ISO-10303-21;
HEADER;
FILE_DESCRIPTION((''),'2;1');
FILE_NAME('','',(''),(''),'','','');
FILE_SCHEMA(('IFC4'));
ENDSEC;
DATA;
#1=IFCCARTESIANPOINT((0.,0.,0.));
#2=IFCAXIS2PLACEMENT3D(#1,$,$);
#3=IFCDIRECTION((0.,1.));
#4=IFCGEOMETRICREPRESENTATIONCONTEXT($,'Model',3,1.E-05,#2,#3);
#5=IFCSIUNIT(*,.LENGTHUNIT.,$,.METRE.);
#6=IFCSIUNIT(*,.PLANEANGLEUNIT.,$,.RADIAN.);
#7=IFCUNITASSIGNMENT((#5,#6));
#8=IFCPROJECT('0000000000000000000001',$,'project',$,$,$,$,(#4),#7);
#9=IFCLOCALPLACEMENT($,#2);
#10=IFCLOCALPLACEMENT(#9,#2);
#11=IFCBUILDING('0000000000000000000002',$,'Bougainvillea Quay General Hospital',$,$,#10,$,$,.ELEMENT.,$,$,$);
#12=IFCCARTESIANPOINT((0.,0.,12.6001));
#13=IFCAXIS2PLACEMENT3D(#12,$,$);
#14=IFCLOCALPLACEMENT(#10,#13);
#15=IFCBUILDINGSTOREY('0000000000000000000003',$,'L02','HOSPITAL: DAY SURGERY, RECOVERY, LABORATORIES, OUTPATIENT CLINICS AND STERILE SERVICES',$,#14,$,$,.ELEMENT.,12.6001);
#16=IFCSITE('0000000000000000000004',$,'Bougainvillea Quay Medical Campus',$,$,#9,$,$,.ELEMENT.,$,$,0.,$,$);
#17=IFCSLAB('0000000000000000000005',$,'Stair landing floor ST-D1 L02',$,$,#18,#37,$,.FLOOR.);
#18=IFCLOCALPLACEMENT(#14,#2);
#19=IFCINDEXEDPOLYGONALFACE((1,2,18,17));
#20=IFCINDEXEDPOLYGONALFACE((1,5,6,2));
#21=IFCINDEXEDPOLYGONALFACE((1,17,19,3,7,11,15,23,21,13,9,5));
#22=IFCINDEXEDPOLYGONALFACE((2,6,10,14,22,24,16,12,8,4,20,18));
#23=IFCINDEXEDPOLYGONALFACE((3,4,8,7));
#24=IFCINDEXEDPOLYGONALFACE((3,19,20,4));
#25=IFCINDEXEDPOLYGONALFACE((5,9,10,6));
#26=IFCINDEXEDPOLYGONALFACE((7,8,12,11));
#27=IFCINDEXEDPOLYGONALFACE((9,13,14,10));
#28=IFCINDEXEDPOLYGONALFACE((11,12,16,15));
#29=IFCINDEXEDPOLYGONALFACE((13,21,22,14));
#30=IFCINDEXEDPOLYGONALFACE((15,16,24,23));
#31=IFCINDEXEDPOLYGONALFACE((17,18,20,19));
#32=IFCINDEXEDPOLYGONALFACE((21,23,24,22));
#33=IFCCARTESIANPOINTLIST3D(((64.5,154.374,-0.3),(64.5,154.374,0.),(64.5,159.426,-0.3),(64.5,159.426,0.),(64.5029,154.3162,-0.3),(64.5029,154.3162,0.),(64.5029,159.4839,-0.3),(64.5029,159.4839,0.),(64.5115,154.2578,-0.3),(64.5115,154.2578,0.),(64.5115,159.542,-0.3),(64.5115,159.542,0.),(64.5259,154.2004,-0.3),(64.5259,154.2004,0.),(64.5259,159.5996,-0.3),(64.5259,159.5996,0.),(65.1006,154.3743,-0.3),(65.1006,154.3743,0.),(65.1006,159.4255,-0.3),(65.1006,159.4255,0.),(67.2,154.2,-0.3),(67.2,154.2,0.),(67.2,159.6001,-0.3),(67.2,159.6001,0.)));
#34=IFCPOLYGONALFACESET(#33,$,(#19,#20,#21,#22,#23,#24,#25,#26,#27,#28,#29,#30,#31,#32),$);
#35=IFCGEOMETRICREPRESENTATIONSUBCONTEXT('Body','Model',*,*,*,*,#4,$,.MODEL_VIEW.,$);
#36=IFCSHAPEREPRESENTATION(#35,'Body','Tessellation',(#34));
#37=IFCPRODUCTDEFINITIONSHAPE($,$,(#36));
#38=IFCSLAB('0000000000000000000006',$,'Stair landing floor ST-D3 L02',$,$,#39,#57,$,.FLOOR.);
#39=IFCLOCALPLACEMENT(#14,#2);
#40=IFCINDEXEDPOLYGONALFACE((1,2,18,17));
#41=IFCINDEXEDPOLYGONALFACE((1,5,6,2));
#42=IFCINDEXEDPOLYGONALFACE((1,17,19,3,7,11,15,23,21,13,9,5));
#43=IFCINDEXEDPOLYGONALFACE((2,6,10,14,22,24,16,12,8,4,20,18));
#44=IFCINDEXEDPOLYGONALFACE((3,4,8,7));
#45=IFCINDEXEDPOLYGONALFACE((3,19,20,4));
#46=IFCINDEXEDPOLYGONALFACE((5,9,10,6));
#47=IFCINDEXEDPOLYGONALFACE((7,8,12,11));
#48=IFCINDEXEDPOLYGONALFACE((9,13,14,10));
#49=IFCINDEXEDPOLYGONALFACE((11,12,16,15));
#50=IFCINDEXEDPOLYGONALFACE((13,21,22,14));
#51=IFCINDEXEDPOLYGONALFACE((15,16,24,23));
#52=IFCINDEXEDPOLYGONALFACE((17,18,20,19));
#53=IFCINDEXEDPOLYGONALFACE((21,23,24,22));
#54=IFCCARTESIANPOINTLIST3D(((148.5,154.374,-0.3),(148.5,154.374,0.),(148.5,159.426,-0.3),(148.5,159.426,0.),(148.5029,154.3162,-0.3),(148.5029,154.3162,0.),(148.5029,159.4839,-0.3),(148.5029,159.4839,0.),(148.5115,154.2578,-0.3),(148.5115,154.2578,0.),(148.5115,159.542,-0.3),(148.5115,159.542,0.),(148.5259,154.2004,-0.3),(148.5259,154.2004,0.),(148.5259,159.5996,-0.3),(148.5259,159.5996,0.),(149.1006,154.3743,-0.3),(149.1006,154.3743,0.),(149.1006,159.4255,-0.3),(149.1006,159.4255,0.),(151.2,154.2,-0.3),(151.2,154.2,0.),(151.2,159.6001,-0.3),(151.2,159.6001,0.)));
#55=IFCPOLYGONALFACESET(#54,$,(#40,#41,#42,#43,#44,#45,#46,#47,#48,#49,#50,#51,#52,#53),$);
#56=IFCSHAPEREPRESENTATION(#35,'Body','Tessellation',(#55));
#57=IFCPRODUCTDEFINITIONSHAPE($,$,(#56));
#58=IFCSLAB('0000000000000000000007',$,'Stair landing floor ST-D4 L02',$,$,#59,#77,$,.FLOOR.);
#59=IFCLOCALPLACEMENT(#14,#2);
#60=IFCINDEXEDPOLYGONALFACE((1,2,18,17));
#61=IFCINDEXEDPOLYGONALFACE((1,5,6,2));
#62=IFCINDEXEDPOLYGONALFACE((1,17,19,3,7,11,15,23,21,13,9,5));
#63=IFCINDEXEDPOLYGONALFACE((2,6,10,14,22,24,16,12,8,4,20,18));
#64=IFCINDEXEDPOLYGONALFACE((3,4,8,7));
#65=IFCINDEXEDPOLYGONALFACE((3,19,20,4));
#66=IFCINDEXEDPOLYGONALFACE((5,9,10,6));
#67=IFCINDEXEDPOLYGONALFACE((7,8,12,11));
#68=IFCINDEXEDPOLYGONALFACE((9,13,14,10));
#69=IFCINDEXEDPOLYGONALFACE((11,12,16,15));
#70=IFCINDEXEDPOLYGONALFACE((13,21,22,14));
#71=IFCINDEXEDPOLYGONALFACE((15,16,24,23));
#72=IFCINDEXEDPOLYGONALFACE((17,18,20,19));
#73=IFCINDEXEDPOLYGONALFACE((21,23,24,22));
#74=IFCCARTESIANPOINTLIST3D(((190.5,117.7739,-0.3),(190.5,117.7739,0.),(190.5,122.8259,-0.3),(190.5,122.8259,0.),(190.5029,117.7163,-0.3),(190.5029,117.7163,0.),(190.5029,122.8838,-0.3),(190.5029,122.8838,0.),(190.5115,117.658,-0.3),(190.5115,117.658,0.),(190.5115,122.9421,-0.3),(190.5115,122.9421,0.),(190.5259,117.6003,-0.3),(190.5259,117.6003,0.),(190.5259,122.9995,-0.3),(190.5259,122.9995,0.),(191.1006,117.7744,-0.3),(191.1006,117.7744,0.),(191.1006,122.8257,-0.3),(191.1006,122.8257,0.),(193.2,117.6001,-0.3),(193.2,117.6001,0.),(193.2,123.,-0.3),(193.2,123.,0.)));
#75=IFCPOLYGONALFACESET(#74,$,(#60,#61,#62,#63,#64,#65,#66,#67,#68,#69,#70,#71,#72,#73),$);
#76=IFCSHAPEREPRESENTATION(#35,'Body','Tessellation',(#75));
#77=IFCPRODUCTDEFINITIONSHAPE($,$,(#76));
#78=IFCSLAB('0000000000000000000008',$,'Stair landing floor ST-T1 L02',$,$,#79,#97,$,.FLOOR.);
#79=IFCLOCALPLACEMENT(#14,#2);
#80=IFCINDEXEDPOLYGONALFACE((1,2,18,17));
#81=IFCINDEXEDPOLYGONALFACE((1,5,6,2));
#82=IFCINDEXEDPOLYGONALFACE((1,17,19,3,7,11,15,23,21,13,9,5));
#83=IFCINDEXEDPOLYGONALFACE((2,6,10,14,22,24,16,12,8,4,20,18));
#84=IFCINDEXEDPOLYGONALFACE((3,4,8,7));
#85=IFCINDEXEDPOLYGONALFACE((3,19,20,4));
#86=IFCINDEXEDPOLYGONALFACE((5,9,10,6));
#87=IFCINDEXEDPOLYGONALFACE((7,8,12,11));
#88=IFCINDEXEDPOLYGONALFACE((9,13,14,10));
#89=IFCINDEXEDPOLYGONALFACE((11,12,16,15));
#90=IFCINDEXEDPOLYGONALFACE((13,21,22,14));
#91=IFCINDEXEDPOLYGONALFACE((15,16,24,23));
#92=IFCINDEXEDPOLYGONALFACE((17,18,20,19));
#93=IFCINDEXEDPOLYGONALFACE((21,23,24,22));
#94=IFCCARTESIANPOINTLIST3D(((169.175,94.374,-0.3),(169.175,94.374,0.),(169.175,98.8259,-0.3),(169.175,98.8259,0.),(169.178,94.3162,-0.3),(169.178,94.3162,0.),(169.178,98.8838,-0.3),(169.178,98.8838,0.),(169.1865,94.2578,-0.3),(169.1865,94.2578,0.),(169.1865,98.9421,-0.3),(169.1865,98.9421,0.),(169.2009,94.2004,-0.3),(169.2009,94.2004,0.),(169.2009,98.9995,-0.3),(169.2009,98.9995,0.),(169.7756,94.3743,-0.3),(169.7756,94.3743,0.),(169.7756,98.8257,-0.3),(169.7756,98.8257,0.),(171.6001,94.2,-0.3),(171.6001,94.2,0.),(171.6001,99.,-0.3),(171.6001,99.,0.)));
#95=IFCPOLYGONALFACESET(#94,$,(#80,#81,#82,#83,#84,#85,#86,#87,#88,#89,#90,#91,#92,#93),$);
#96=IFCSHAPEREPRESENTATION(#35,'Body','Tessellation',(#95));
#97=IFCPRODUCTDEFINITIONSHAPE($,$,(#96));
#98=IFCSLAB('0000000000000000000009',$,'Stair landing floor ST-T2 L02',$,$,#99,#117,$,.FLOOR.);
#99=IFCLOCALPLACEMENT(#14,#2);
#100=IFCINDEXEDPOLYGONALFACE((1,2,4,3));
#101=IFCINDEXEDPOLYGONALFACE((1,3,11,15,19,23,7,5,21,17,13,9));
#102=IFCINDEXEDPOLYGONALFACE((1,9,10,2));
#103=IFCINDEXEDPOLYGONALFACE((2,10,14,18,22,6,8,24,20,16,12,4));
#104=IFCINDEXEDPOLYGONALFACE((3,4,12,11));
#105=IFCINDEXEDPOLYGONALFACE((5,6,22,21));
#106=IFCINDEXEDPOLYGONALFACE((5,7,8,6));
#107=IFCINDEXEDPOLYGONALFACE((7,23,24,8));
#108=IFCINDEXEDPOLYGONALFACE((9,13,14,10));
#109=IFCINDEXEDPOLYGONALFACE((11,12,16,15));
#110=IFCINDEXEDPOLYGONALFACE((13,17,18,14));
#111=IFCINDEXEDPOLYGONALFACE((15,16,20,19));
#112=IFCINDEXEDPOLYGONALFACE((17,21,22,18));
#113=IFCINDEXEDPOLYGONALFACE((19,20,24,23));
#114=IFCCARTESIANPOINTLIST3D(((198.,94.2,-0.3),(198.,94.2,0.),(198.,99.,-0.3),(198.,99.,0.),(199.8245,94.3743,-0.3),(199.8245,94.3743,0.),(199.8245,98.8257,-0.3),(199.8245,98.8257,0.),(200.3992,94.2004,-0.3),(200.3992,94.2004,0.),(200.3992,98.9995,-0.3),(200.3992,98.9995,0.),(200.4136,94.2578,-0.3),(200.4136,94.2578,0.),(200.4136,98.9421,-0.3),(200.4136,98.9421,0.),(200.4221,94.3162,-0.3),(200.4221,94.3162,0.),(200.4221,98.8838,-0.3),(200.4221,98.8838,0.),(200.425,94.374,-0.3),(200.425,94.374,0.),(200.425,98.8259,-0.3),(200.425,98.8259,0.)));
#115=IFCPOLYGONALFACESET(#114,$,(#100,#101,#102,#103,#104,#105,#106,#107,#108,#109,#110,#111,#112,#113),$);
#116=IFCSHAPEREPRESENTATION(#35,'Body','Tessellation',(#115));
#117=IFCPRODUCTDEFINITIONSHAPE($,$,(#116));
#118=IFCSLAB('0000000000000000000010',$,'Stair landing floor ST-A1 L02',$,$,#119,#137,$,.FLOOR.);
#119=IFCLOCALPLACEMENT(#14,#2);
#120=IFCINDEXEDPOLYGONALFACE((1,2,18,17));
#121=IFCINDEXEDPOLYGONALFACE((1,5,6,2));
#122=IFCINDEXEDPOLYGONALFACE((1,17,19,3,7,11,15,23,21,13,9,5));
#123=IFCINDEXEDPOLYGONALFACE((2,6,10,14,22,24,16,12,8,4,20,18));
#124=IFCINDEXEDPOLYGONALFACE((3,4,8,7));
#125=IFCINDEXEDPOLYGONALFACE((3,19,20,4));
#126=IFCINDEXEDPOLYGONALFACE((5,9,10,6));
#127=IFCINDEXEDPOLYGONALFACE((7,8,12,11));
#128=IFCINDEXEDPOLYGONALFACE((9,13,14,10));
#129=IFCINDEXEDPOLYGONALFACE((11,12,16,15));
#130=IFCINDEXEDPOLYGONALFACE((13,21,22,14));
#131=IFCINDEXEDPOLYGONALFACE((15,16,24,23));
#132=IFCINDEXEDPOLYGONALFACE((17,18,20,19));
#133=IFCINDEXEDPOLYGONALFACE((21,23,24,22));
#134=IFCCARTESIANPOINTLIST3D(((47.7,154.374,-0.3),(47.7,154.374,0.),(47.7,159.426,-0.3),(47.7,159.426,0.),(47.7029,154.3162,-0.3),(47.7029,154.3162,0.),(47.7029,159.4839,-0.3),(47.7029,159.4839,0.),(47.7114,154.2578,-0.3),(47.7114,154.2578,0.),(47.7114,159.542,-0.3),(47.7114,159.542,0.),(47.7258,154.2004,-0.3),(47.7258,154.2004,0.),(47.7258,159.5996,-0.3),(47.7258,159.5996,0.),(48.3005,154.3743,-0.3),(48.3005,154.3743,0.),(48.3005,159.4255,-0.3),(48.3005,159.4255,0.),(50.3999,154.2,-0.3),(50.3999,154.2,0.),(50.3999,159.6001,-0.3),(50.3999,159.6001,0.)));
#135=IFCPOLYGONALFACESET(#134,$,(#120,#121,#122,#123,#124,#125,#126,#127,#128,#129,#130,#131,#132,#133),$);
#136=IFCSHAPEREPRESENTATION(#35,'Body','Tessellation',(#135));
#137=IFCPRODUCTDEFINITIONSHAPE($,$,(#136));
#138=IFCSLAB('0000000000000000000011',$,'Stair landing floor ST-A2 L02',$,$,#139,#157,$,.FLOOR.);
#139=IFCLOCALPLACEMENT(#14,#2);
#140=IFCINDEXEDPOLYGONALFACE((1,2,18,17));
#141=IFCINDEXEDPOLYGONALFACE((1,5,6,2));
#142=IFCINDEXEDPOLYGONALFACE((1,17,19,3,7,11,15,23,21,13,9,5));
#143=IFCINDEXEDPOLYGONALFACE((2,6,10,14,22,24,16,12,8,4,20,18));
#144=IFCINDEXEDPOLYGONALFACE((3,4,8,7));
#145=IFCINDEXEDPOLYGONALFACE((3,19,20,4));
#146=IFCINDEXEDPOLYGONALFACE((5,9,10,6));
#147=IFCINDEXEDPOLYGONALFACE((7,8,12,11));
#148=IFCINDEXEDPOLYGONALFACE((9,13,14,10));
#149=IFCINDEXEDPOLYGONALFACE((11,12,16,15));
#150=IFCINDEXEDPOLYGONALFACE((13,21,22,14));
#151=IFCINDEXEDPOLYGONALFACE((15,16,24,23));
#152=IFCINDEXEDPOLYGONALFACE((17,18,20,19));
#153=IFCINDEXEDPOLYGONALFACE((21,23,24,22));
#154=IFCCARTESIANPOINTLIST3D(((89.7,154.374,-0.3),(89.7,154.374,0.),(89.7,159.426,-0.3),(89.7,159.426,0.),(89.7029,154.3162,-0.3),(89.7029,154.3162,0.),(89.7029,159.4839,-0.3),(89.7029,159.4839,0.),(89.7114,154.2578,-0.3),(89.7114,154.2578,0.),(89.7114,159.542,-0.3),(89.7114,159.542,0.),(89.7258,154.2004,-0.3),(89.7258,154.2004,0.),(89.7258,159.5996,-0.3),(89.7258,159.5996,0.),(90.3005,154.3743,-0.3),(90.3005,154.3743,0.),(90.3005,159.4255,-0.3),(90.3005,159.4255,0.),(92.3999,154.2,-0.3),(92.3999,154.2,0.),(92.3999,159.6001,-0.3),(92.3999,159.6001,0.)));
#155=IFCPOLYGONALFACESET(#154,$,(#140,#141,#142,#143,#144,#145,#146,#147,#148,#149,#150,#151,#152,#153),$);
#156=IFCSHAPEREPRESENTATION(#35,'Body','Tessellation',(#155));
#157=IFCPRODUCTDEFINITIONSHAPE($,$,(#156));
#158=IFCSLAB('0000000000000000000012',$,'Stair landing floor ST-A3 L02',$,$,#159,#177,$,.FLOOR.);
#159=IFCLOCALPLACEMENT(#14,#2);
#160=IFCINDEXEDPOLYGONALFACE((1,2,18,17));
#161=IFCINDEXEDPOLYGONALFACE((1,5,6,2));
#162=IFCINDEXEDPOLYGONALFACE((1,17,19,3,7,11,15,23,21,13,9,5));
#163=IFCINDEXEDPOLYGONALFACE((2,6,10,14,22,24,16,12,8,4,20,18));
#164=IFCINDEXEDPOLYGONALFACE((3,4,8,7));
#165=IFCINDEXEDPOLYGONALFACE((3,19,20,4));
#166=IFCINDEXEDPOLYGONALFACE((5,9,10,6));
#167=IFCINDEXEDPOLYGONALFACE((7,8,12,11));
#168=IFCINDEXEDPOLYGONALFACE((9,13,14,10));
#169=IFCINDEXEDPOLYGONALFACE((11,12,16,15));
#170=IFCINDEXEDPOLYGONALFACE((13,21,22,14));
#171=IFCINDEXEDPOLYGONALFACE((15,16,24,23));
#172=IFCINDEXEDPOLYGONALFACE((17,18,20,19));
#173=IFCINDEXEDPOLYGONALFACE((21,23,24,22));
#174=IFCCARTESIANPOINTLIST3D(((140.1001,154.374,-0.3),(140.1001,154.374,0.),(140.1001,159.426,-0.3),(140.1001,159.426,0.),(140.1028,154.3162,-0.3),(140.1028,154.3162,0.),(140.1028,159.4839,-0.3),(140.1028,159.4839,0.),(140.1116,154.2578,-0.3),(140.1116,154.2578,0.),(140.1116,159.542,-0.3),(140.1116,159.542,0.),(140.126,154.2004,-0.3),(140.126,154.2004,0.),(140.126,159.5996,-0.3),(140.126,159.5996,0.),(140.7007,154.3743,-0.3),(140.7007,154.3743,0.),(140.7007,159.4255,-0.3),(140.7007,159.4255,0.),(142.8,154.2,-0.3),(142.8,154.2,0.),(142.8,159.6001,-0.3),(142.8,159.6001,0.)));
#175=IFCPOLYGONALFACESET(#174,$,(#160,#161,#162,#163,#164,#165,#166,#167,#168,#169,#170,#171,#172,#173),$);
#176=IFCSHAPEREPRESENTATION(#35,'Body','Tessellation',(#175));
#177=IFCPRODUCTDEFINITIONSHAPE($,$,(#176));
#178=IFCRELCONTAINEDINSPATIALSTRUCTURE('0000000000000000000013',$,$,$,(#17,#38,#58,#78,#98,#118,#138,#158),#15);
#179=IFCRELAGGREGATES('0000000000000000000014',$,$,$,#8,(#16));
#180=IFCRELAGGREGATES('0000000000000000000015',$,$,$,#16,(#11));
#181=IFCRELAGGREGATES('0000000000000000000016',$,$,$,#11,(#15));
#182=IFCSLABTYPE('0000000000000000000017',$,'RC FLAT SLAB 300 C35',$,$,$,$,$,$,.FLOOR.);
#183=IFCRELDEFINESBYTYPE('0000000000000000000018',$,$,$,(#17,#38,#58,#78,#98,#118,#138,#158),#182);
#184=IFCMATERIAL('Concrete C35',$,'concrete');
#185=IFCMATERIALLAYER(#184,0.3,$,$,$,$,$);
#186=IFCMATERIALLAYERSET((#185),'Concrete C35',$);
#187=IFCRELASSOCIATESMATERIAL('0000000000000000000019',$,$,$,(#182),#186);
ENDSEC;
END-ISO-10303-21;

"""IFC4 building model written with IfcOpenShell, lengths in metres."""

from ifc_helpers import new_model, si_unit, direction, frame, origin, place, context, subcontext, project, spatial, polyline, outline, extrude, material, layer, layer_set, type_object, element, save


model = new_model("IFC4")

# Units and contexts
model_context = context("Model", 3, precision=1e-05, world=origin(), true_north=direction((0.0, 1.0)))
body_context = subcontext(model_context, "Body", "Model", "MODEL_VIEW")
ifc_project = project(units=[si_unit("LENGTHUNIT", "METRE"), si_unit("PLANEANGLEUNIT", "RADIAN")], contexts=[model_context])

# Site, building, storey
site_placement = place(None, origin())
site = spatial("IfcSite", under=ifc_project, at=site_placement, Name="Bougainvillea Quay Medical Campus", CompositionType="ELEMENT", RefElevation=0.0)
building_placement = place(site_placement, origin())
building = spatial("IfcBuilding", under=site, at=building_placement, Name="Bougainvillea Quay General Hospital", CompositionType="ELEMENT")
storey_placement = place(building_placement, frame((0.0, 0.0, 12.6001)))
storey = spatial("IfcBuildingStorey", under=building, at=storey_placement, Name="L02", Description="HOSPITAL: DAY SURGERY, RECOVERY, LABORATORIES, OUTPATIENT CLINICS AND STERILE SERVICES", CompositionType="ELEMENT", Elevation=12.6001)

# Slabs
ifc_material_1 = material(Name="Concrete C35", Category="concrete")
ifc_layer_1 = layer(ifc_material_1, 0.3)
ifc_layer_set_1 = layer_set([ifc_layer_1], Name="Concrete C35")
slab_type_1 = type_object("IfcSlabType", Name="RC FLAT SLAB 300 C35", PredefinedType="FLOOR", material=ifc_layer_set_1)
slab_1_placement = place(storey_placement, frame((0.0, 0.0, -0.3)))
element("IfcSlab", 1, at=slab_1_placement, inside=storey, type_object=slab_type_1, Name="Stair landing floor ST-D1 L02", PredefinedType="FLOOR", context=body_context, shape_type="SweptSolid", body=[
    extrude(outline(polyline([(64.5029, 159.4839), (64.5115, 159.542), (64.5259, 159.5996), (67.2, 159.6001), (67.2, 154.2), (64.5259, 154.2004), (64.5115, 154.2578), (64.5029, 154.3162), (64.5, 154.374), (65.1006, 154.3743), (65.1006, 159.4255), (64.5, 159.426), (64.5029, 159.4839)])), origin(), (0.0, 0.0, 1.0), 0.3),
])
slab_2_placement = place(storey_placement, frame((0.0, 0.0, -0.3)))
element("IfcSlab", 2, at=slab_2_placement, inside=storey, type_object=slab_type_1, Name="Stair landing floor ST-D3 L02", PredefinedType="FLOOR", context=body_context, shape_type="SweptSolid", body=[
    extrude(outline(polyline([(148.5029, 159.4839), (148.5115, 159.542), (148.5259, 159.5996), (151.2, 159.6001), (151.2, 154.2), (148.5259, 154.2004), (148.5115, 154.2578), (148.5029, 154.3162), (148.5, 154.374), (149.1006, 154.3743), (149.1006, 159.4255), (148.5, 159.426), (148.5029, 159.4839)])), origin(), (0.0, 0.0, 1.0), 0.3),
])
slab_3_placement = place(storey_placement, frame((0.0, 0.0, -0.3)))
element("IfcSlab", 3, at=slab_3_placement, inside=storey, type_object=slab_type_1, Name="Stair landing floor ST-D4 L02", PredefinedType="FLOOR", context=body_context, shape_type="SweptSolid", body=[
    extrude(outline(polyline([(190.5029, 122.8838), (190.5115, 122.9421), (190.5259, 122.9995), (193.2, 123.0), (193.2, 117.6001), (190.5259, 117.6003), (190.5115, 117.658), (190.5029, 117.7163), (190.5, 117.7739), (191.1006, 117.7744), (191.1006, 122.8257), (190.5, 122.8259), (190.5029, 122.8838)])), origin(), (0.0, 0.0, 1.0), 0.3),
])
slab_4_placement = place(storey_placement, frame((0.0, 0.0, -0.3)))
element("IfcSlab", 4, at=slab_4_placement, inside=storey, type_object=slab_type_1, Name="Stair landing floor ST-T1 L02", PredefinedType="FLOOR", context=body_context, shape_type="SweptSolid", body=[
    extrude(outline(polyline([(169.178, 98.8838), (169.1865, 98.9421), (169.2009, 98.9995), (171.6001, 99.0), (171.6001, 94.2), (169.2009, 94.2004), (169.1865, 94.2578), (169.178, 94.3162), (169.175, 94.374), (169.7756, 94.3743), (169.7756, 98.8257), (169.175, 98.8259), (169.178, 98.8838)])), origin(), (0.0, 0.0, 1.0), 0.3),
])
slab_5_placement = place(storey_placement, frame((0.0, 0.0, -0.3)))
element("IfcSlab", 5, at=slab_5_placement, inside=storey, type_object=slab_type_1, Name="Stair landing floor ST-T2 L02", PredefinedType="FLOOR", context=body_context, shape_type="SweptSolid", body=[
    extrude(outline(polyline([(200.4221, 94.3162), (200.4136, 94.2578), (200.3992, 94.2004), (198.0, 94.2), (198.0, 99.0), (200.3992, 98.9995), (200.4136, 98.9421), (200.4221, 98.8838), (200.425, 98.8259), (199.8245, 98.8257), (199.8245, 94.3743), (200.425, 94.374), (200.4221, 94.3162)])), origin(), (0.0, 0.0, 1.0), 0.3),
])
slab_6_placement = place(storey_placement, frame((0.0, 0.0, -0.3)))
element("IfcSlab", 6, at=slab_6_placement, inside=storey, type_object=slab_type_1, Name="Stair landing floor ST-A1 L02", PredefinedType="FLOOR", context=body_context, shape_type="SweptSolid", body=[
    extrude(outline(polyline([(47.7029, 159.4839), (47.7114, 159.542), (47.7258, 159.5996), (50.3999, 159.6001), (50.3999, 154.2), (47.7258, 154.2004), (47.7114, 154.2578), (47.7029, 154.3162), (47.7, 154.374), (48.3005, 154.3743), (48.3005, 159.4255), (47.7, 159.426), (47.7029, 159.4839)])), origin(), (0.0, 0.0, 1.0), 0.3),
])
slab_7_placement = place(storey_placement, frame((0.0, 0.0, -0.3)))
element("IfcSlab", 7, at=slab_7_placement, inside=storey, type_object=slab_type_1, Name="Stair landing floor ST-A2 L02", PredefinedType="FLOOR", context=body_context, shape_type="SweptSolid", body=[
    extrude(outline(polyline([(89.7029, 159.4839), (89.7114, 159.542), (89.7258, 159.5996), (92.3999, 159.6001), (92.3999, 154.2), (89.7258, 154.2004), (89.7114, 154.2578), (89.7029, 154.3162), (89.7, 154.374), (90.3005, 154.3743), (90.3005, 159.4255), (89.7, 159.426), (89.7029, 159.4839)])), origin(), (0.0, 0.0, 1.0), 0.3),
])
slab_8_placement = place(storey_placement, frame((0.0, 0.0, -0.3)))
element("IfcSlab", 8, at=slab_8_placement, inside=storey, type_object=slab_type_1, Name="Stair landing floor ST-A3 L02", PredefinedType="FLOOR", context=body_context, shape_type="SweptSolid", body=[
    extrude(outline(polyline([(140.1028, 159.4839), (140.1116, 159.542), (140.126, 159.5996), (142.8, 159.6001), (142.8, 154.2), (140.126, 154.2004), (140.1116, 154.2578), (140.1028, 154.3162), (140.1001, 154.374), (140.7007, 154.3743), (140.7007, 159.4255), (140.1001, 159.426), (140.1028, 159.4839)])), origin(), (0.0, 0.0, 1.0), 0.3),
])

save(model, "model.ifc")
